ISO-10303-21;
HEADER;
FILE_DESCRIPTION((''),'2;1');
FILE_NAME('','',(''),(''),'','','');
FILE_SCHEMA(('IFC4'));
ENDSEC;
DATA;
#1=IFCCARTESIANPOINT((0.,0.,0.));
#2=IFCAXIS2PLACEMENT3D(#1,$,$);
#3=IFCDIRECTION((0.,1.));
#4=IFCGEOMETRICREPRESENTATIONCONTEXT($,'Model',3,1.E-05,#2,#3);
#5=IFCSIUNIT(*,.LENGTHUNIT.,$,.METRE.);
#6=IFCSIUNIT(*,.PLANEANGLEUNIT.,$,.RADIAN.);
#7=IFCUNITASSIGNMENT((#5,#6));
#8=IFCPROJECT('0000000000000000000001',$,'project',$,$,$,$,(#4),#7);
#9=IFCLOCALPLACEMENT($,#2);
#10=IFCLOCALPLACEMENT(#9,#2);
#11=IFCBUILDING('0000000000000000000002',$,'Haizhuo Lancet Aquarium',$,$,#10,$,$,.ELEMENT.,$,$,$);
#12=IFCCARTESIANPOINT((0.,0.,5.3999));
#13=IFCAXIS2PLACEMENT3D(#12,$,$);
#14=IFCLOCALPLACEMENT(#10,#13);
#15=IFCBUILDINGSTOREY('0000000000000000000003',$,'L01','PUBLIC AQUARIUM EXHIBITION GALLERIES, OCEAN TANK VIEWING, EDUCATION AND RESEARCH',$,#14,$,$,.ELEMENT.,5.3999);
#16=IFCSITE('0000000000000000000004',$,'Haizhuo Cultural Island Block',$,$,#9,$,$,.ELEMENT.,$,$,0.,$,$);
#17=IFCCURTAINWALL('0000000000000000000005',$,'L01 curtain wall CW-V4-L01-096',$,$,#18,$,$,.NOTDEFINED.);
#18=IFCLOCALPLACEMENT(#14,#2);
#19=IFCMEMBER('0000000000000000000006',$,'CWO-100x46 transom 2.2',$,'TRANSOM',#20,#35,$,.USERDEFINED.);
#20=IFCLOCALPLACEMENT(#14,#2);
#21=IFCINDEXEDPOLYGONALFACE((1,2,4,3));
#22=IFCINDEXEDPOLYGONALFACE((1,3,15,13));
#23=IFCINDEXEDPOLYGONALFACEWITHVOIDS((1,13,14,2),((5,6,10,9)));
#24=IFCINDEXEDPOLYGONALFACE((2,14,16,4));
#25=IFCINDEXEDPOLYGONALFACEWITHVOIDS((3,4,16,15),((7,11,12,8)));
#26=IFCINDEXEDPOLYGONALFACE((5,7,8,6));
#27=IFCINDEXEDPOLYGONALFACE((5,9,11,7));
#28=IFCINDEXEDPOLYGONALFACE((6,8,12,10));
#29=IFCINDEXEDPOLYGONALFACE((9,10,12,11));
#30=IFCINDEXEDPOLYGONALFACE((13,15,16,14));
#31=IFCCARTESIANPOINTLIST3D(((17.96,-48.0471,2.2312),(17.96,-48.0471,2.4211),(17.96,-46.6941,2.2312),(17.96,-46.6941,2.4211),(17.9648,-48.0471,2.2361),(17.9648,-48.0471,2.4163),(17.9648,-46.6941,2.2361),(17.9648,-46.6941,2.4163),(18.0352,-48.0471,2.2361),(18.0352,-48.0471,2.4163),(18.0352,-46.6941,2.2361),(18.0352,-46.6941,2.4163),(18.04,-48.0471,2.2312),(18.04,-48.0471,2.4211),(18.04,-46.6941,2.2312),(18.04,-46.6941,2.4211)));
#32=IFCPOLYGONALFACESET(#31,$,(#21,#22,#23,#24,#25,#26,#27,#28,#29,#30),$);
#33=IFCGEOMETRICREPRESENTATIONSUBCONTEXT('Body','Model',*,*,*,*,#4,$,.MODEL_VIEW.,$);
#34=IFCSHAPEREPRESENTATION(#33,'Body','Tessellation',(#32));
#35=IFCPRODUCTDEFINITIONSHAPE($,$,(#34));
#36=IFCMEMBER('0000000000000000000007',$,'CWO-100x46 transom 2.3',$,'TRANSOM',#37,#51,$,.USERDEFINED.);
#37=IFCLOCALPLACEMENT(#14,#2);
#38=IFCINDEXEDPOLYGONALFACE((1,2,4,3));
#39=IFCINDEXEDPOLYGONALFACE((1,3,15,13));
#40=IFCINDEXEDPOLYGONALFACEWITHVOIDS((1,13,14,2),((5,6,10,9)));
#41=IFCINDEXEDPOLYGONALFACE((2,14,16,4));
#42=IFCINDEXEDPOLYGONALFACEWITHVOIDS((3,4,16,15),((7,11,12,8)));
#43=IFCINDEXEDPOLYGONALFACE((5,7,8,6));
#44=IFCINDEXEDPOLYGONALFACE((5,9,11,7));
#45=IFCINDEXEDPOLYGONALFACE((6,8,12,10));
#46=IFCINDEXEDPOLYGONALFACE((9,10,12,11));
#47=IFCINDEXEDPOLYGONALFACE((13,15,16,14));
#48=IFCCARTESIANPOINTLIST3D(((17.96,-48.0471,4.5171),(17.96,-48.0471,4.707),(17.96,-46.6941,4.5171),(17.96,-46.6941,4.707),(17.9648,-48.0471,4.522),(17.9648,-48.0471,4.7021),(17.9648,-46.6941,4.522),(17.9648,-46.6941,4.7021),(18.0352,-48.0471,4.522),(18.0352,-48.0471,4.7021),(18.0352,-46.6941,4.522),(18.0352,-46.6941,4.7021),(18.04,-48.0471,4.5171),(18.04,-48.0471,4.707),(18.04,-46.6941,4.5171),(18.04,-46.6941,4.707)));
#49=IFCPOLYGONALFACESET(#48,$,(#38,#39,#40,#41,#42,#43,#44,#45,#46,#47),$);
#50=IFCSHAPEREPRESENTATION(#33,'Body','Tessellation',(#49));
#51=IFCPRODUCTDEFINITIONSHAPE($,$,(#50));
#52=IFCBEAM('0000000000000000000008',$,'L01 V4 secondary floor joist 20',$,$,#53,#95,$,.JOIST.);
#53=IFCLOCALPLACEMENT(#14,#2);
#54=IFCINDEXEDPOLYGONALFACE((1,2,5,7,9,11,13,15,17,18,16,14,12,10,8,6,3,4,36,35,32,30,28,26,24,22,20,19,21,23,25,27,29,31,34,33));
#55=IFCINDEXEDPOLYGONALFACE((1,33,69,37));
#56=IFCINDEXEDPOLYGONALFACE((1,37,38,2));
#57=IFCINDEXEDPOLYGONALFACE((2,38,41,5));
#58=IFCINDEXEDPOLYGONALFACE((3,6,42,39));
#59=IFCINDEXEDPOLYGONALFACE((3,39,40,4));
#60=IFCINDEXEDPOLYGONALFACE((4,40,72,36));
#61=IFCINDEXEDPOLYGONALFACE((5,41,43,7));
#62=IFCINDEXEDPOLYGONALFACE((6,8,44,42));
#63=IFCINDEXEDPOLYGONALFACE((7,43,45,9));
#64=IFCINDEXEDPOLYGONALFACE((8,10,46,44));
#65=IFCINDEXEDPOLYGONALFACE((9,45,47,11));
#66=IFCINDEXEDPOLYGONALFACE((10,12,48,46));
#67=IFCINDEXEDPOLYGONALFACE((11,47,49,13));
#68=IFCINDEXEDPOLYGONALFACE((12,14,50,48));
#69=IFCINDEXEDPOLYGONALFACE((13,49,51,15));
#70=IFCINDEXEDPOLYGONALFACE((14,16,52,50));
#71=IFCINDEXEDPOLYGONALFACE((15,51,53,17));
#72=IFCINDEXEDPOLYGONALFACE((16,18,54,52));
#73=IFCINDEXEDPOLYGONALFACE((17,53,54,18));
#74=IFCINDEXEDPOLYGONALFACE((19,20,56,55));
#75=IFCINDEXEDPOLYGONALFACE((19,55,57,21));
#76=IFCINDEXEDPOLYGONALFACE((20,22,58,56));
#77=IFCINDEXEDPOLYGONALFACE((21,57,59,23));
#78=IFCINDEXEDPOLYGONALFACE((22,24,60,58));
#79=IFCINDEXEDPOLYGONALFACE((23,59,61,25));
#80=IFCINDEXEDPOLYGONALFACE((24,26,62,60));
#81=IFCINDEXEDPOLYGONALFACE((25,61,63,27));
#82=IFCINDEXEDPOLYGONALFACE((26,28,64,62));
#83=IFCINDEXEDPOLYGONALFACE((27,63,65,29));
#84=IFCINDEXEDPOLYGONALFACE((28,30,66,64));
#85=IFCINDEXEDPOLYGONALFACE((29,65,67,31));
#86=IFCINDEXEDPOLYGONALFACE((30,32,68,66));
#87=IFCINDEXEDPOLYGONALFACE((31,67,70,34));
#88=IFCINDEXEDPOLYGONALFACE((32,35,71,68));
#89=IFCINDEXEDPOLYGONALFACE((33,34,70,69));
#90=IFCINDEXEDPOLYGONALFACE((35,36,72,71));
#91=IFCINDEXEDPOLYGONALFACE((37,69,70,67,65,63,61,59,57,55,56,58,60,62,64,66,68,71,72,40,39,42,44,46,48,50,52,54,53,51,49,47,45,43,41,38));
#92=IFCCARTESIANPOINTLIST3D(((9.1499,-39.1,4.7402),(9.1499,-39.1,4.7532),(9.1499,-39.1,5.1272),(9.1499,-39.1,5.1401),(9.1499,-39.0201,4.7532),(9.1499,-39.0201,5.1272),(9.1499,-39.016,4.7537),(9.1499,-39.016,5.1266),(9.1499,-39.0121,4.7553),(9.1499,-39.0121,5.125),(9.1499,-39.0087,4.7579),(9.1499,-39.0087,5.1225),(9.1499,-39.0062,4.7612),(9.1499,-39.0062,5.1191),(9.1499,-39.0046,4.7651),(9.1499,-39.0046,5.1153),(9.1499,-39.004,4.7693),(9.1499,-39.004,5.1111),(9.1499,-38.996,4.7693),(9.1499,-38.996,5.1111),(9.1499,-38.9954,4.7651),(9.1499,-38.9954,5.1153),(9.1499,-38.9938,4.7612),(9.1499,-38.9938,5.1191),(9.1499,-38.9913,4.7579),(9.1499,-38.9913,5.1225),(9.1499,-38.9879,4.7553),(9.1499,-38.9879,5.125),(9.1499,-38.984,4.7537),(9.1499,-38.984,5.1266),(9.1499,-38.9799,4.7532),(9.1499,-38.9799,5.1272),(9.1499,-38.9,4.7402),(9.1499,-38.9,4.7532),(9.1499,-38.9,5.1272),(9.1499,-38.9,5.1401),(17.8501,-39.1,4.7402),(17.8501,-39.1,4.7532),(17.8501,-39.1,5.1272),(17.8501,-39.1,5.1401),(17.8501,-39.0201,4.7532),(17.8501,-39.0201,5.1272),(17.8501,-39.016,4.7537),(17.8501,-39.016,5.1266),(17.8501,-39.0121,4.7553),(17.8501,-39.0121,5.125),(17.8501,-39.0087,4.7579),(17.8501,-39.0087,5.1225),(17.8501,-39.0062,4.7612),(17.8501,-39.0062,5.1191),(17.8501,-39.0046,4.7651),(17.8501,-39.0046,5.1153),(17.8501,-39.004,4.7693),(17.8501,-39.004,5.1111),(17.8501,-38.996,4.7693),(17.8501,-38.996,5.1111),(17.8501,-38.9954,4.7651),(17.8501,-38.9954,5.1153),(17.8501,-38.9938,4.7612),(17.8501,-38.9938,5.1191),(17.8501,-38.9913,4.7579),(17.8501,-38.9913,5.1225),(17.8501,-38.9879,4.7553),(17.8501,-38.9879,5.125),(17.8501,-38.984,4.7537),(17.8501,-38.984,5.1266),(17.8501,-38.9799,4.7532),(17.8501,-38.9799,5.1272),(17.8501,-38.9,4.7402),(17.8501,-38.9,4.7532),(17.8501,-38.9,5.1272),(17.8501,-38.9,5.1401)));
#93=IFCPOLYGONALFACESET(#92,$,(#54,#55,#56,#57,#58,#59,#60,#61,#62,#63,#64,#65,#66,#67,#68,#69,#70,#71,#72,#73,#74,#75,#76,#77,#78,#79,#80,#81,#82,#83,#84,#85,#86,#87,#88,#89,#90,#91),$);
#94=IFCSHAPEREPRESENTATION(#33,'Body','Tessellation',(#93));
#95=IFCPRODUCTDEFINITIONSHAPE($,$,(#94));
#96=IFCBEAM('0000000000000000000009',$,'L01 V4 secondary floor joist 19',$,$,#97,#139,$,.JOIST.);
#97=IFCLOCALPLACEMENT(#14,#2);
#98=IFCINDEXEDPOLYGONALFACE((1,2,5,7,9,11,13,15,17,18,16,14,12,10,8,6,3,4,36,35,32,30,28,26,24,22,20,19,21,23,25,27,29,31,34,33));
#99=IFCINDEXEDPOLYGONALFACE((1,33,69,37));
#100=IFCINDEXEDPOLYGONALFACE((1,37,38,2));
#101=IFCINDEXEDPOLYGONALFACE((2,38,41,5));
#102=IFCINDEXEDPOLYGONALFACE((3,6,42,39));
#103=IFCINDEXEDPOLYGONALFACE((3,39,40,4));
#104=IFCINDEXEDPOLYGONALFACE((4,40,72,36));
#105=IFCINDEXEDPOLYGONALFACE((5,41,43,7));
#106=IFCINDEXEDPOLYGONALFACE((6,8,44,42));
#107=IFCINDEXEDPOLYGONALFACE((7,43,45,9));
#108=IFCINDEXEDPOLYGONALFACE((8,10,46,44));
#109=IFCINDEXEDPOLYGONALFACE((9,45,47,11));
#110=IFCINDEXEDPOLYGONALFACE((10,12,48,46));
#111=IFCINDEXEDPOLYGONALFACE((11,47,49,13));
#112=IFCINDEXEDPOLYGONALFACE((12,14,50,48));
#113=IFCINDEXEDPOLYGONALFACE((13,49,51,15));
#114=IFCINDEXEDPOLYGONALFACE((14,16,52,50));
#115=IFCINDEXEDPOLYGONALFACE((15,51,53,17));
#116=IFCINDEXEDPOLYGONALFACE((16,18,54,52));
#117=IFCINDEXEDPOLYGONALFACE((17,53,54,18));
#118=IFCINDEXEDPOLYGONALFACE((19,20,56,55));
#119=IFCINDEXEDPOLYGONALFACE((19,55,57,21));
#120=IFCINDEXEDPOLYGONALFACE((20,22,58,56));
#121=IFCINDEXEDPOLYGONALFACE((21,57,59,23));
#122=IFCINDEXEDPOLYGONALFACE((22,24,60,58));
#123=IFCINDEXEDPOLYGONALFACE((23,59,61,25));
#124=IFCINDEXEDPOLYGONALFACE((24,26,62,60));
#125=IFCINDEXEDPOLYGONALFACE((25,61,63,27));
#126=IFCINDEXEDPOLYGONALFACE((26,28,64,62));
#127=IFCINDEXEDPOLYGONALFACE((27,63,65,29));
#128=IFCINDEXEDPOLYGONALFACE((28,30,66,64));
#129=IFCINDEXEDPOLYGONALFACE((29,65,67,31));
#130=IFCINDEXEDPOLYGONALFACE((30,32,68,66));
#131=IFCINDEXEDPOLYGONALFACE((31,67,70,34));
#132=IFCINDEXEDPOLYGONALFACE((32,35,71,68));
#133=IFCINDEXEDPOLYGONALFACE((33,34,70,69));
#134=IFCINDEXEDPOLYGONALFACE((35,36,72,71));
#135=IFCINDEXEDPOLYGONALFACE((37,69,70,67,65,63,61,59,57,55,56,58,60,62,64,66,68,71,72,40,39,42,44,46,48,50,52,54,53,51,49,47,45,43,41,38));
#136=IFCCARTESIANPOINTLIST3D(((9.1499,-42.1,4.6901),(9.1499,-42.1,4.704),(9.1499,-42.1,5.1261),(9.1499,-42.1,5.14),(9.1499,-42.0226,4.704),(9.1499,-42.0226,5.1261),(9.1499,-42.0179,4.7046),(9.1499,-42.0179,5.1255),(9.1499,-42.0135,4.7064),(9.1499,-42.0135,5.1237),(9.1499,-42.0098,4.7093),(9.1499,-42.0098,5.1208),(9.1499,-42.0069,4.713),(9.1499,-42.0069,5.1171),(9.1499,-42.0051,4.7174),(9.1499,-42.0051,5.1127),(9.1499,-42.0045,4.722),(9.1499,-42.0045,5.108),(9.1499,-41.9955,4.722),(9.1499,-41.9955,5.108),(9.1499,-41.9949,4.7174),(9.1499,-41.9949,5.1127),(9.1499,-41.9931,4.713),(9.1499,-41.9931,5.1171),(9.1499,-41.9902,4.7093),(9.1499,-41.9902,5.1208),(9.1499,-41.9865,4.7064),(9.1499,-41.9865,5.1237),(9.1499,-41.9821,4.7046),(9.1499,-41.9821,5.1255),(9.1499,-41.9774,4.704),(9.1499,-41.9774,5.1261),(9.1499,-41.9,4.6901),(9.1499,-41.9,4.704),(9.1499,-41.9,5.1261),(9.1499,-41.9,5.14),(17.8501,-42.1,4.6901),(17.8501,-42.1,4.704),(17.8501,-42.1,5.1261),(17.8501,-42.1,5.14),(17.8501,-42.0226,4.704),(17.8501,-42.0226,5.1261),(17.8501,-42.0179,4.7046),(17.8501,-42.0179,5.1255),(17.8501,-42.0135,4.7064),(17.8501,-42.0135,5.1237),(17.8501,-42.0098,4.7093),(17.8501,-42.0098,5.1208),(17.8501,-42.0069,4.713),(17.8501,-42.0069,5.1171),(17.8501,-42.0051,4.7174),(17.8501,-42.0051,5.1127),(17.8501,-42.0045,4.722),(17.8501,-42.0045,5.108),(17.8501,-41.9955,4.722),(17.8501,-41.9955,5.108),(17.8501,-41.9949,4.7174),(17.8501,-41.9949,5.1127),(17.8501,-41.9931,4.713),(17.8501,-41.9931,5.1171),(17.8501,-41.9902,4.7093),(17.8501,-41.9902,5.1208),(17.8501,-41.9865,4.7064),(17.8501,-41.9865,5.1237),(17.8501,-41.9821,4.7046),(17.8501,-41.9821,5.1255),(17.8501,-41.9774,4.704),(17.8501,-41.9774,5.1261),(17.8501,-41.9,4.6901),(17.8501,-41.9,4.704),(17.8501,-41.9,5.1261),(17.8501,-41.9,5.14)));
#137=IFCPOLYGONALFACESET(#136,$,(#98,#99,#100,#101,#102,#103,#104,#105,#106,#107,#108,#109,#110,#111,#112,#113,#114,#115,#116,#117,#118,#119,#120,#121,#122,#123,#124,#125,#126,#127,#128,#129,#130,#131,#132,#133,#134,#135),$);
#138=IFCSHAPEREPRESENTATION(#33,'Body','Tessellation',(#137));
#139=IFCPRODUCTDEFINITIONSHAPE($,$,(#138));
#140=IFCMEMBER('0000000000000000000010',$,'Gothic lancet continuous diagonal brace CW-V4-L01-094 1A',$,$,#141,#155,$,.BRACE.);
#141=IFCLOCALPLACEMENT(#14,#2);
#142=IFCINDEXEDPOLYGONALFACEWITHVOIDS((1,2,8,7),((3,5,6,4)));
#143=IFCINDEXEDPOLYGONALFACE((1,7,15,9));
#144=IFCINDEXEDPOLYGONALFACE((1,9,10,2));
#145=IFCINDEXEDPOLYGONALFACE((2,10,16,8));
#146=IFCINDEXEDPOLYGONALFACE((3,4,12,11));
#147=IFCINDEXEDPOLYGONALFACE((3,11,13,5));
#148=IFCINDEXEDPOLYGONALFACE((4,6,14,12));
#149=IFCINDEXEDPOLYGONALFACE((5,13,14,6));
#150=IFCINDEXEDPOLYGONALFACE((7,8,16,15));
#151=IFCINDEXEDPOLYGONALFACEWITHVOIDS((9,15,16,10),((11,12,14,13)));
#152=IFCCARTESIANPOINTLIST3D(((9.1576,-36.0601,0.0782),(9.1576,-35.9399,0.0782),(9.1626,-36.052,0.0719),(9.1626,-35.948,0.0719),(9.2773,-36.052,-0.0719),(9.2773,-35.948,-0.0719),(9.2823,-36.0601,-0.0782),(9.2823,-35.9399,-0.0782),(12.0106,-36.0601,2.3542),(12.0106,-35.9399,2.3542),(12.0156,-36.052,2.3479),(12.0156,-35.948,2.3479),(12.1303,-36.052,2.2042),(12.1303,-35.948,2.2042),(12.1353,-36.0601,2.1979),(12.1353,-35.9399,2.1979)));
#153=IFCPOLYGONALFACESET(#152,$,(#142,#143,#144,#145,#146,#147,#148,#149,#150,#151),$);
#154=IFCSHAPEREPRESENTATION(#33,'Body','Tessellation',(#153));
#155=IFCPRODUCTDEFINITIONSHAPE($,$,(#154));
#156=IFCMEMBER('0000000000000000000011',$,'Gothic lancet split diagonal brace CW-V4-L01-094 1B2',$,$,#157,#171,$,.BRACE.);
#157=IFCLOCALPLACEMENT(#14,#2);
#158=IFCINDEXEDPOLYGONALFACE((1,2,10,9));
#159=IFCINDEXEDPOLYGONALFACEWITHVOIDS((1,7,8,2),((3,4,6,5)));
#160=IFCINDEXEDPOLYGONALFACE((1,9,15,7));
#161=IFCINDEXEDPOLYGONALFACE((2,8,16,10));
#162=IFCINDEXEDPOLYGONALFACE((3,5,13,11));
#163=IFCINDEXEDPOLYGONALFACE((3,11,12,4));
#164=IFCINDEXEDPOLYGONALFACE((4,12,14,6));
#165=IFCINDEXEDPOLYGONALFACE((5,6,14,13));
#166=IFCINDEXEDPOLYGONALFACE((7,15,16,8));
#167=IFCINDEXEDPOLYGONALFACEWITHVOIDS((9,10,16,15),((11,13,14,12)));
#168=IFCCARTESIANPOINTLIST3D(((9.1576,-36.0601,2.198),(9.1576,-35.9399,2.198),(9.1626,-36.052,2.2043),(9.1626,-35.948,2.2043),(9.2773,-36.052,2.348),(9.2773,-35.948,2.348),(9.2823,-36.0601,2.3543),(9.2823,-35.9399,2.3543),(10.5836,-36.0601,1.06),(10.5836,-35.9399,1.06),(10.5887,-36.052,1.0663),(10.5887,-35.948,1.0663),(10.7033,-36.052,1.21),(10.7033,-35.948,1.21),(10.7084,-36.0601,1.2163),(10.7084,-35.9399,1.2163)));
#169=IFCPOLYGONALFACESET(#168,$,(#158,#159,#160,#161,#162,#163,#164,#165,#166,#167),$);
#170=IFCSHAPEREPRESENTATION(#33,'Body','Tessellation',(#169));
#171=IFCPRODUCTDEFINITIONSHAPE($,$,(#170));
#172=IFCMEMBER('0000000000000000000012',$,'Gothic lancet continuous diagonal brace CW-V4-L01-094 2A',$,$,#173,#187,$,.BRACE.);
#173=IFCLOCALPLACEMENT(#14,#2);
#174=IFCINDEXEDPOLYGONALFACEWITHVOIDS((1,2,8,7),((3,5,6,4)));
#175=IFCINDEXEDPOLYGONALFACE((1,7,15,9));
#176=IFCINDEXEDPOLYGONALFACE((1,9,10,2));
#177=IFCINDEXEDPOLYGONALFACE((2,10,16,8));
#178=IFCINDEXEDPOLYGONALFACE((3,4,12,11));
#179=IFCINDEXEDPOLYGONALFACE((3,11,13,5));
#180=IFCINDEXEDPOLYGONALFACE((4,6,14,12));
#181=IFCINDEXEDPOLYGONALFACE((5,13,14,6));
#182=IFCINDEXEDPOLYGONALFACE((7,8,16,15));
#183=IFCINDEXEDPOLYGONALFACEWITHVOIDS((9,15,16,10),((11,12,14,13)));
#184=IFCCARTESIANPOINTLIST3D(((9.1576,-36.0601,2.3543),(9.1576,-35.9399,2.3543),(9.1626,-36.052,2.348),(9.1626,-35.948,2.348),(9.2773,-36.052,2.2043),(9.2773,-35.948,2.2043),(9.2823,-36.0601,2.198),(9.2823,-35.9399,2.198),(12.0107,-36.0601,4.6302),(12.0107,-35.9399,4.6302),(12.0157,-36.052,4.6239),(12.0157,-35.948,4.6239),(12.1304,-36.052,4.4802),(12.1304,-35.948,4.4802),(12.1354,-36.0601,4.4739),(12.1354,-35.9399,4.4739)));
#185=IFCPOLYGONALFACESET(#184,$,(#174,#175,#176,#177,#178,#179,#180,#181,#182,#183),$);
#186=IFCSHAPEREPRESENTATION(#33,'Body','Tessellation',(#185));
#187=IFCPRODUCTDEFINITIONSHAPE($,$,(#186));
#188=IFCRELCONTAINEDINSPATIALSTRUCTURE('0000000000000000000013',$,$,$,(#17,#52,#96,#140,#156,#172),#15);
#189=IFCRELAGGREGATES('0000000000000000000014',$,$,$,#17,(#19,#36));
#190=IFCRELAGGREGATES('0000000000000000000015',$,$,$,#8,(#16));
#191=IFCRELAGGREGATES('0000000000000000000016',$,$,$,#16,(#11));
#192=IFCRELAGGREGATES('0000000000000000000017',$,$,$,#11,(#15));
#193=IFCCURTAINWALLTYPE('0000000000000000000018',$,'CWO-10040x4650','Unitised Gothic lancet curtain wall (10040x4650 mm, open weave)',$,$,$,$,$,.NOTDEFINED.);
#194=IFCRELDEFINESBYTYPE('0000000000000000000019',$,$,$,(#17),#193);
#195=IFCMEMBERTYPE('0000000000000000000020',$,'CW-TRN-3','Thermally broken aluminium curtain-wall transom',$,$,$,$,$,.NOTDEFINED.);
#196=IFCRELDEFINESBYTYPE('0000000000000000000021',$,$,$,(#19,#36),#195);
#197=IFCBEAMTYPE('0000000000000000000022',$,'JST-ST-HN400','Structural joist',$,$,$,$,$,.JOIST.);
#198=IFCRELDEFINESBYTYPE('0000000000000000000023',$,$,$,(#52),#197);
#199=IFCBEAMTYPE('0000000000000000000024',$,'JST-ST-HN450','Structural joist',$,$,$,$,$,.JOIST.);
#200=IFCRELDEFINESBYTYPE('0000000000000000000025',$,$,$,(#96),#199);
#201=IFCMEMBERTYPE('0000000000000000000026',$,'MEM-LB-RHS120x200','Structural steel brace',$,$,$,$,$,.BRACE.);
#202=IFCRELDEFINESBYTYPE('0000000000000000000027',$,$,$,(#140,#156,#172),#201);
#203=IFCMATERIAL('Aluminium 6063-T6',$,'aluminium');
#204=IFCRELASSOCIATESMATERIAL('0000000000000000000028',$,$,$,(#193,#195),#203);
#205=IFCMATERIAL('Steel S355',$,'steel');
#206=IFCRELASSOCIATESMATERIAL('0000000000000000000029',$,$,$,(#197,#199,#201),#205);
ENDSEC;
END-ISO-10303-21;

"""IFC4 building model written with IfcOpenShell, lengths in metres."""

from ifc_helpers import new_model, si_unit, direction, frame, origin, origin_2d, place, context, subcontext, project, spatial, hollow_rectangle, i_section, extrude, material, material_profile, profile_set, type_object, element, aggregate, save


model = new_model("IFC4")

# Units and contexts
model_context = context("Model", 3, precision=1e-05, world=origin(), true_north=direction((0.0, 1.0)))
body_context = subcontext(model_context, "Body", "Model", "MODEL_VIEW")
ifc_project = project(units=[si_unit("LENGTHUNIT", "METRE"), si_unit("PLANEANGLEUNIT", "RADIAN")], contexts=[model_context])

# Site, building, storey
site_placement = place(None, origin())
site = spatial("IfcSite", under=ifc_project, at=site_placement, Name="Haizhuo Cultural Island Block", CompositionType="ELEMENT", RefElevation=0.0)
building_placement = place(site_placement, origin())
building = spatial("IfcBuilding", under=site, at=building_placement, Name="Haizhuo Lancet Aquarium", CompositionType="ELEMENT")
storey_placement = place(building_placement, frame((0.0, 0.0, 5.3999)))
storey = spatial("IfcBuildingStorey", under=building, at=storey_placement, Name="L01", Description="PUBLIC AQUARIUM EXHIBITION GALLERIES, OCEAN TANK VIEWING, EDUCATION AND RESEARCH", CompositionType="ELEMENT", Elevation=5.3999)

# Shared definitions
ifc_material_1 = material(Name="Aluminium 6063-T6", Category="aluminium")

# Curtain wall
curtain_wall_type_1 = type_object("IfcCurtainWallType", Name="CWO-10040x4650", Description="Unitised Gothic lancet curtain wall (10040x4650 mm, open weave)", PredefinedType="NOTDEFINED", material=ifc_material_1)
curtain_wall_1_placement = place(storey_placement, origin())
curtain_wall_1 = element("IfcCurtainWall", 1, at=curtain_wall_1_placement, inside=storey, type_object=curtain_wall_type_1, Name="L01 curtain wall CW-V4-L01-096", PredefinedType="NOTDEFINED")

# Members
ifc_material_profile_1 = material_profile(ifc_material_1, hollow_rectangle(XDim=0.0801, YDim=0.1899, WallThickness=0.0049, at=origin_2d()), Name="ALU-T 80x190x5")
ifc_profile_set_1 = profile_set([ifc_material_profile_1], Name="Aluminium 6063-T6")
member_type_1 = type_object("IfcMemberType", Name="CW-TRN-3", Description="Thermally broken aluminium curtain-wall transom", PredefinedType="NOTDEFINED", material=ifc_profile_set_1)
member_1_placement = place(storey_placement, frame((18.0, -46.6941, 2.3262), z_axis=(0.0, -1.0, 0.0), x_axis=(1.0, 0.0, 0.0)))
member_1 = element("IfcMember", 2, at=member_1_placement, type_object=member_type_1, Name="CWO-100x46 transom 2.2", ObjectType="TRANSOM", PredefinedType="USERDEFINED", context=body_context, shape_type="SweptSolid", body=[
    extrude(hollow_rectangle(XDim=0.0801, YDim=0.1899, WallThickness=0.0049, at=origin_2d()), origin(), (0.0, 0.0, 1.0), 1.353),
])
member_2_placement = place(storey_placement, frame((18.0, -46.6941, 4.6121), z_axis=(0.0, -1.0, 0.0), x_axis=(1.0, 0.0, 0.0)))
member_2 = element("IfcMember", 3, at=member_2_placement, type_object=member_type_1, Name="CWO-100x46 transom 2.3", ObjectType="TRANSOM", PredefinedType="USERDEFINED", context=body_context, shape_type="SweptSolid", body=[
    extrude(hollow_rectangle(XDim=0.0801, YDim=0.1899, WallThickness=0.0049, at=origin_2d()), origin(), (0.0, 0.0, 1.0), 1.353),
])

# Beams
ifc_material_2 = material(Name="Steel S355", Category="steel")
ifc_material_profile_2 = material_profile(ifc_material_2, i_section(OverallWidth=0.2, OverallDepth=0.3999, WebThickness=0.0081, FlangeThickness=0.0129, FilletRadius=0.0161, at=origin_2d()), Name="HN 400x200x8x13")
ifc_profile_set_2 = profile_set([ifc_material_profile_2], Name="Steel S355")
beam_type_1 = type_object("IfcBeamType", Name="JST-ST-HN400", Description="Structural joist", PredefinedType="JOIST", material=ifc_profile_set_2)
beam_1_placement = place(storey_placement, frame((9.1499, -39.0, 4.9402), z_axis=(1.0, 0.0, 0.0), x_axis=(0.0, 1.0, 0.0)))
element("IfcBeam", 4, at=beam_1_placement, inside=storey, type_object=beam_type_1, Name="L01 V4 secondary floor joist 20", PredefinedType="JOIST", context=body_context, shape_type="SweptSolid", body=[
    extrude(i_section(OverallWidth=0.2, OverallDepth=0.3999, WebThickness=0.0081, FlangeThickness=0.0129, FilletRadius=0.0161, at=origin_2d()), origin(), (0.0, 0.0, 1.0), 8.7002),
])
ifc_material_profile_3 = material_profile(ifc_material_2, i_section(OverallWidth=0.2, OverallDepth=0.45, WebThickness=0.009, FlangeThickness=0.0139, FilletRadius=0.0181, at=origin_2d()), Name="HN 450x200x9x14")
ifc_profile_set_3 = profile_set([ifc_material_profile_3], Name="Steel S355")
beam_type_2 = type_object("IfcBeamType", Name="JST-ST-HN450", Description="Structural joist", PredefinedType="JOIST", material=ifc_profile_set_3)
beam_2_placement = place(storey_placement, frame((9.1499, -42.0, 4.915), z_axis=(1.0, 0.0, 0.0), x_axis=(0.0, 1.0, 0.0)))
element("IfcBeam", 5, at=beam_2_placement, inside=storey, type_object=beam_type_2, Name="L01 V4 secondary floor joist 19", PredefinedType="JOIST", context=body_context, shape_type="SweptSolid", body=[
    extrude(i_section(OverallWidth=0.2, OverallDepth=0.45, WebThickness=0.009, FlangeThickness=0.0139, FilletRadius=0.0181, at=origin_2d()), origin(), (0.0, 0.0, 1.0), 8.7002),
])

# Members
ifc_material_profile_4 = material_profile(ifc_material_2, hollow_rectangle(XDim=0.1201, YDim=0.2, WallThickness=0.0081, at=origin_2d()), Name="RHS 120x200x8")
ifc_profile_set_4 = profile_set([ifc_material_profile_4], Name="Steel S355")
member_type_2 = type_object("IfcMemberType", Name="MEM-LB-RHS120x200", Description="Structural steel brace", PredefinedType="BRACE", material=ifc_profile_set_4)
member_3_placement = place(storey_placement, frame((9.22, -36.0, 0.0), z_axis=(0.78171, 0.0, 0.623642), x_axis=(0.0, 1.0, 0.0)))
element("IfcMember", 6, at=member_3_placement, inside=storey, type_object=member_type_2, Name="Gothic lancet continuous diagonal brace CW-V4-L01-094 1A", PredefinedType="BRACE", context=body_context, shape_type="SweptSolid", body=[
    extrude(hollow_rectangle(XDim=0.1201, YDim=0.2, WallThickness=0.0081, at=origin_2d()), origin(), (0.0, 0.0, 1.0), 3.6497),
])
member_4_placement = place(storey_placement, frame((10.646, -36.0, 1.1382), z_axis=(-0.781638, 0.0, 0.623732), x_axis=(0.0, -1.0, 0.0)))
element("IfcMember", 7, at=member_4_placement, inside=storey, type_object=member_type_2, Name="Gothic lancet split diagonal brace CW-V4-L01-094 1B2", PredefinedType="BRACE", context=body_context, shape_type="SweptSolid", body=[
    extrude(hollow_rectangle(XDim=0.1201, YDim=0.2, WallThickness=0.0081, at=origin_2d()), origin(), (0.0, 0.0, 1.0), 1.8245),
])
member_5_placement = place(storey_placement, frame((9.22, -36.0, 2.2761), z_axis=(0.781743, 0.0, 0.623601), x_axis=(0.0, 1.0, 0.0)))
element("IfcMember", 8, at=member_5_placement, inside=storey, type_object=member_type_2, Name="Gothic lancet continuous diagonal brace CW-V4-L01-094 2A", PredefinedType="BRACE", context=body_context, shape_type="SweptSolid", body=[
    extrude(hollow_rectangle(XDim=0.1201, YDim=0.2, WallThickness=0.0081, at=origin_2d()), origin(), (0.0, 0.0, 1.0), 3.6497),
])

aggregate(curtain_wall_1, [member_1, member_2])

save(model, "model.ifc")
